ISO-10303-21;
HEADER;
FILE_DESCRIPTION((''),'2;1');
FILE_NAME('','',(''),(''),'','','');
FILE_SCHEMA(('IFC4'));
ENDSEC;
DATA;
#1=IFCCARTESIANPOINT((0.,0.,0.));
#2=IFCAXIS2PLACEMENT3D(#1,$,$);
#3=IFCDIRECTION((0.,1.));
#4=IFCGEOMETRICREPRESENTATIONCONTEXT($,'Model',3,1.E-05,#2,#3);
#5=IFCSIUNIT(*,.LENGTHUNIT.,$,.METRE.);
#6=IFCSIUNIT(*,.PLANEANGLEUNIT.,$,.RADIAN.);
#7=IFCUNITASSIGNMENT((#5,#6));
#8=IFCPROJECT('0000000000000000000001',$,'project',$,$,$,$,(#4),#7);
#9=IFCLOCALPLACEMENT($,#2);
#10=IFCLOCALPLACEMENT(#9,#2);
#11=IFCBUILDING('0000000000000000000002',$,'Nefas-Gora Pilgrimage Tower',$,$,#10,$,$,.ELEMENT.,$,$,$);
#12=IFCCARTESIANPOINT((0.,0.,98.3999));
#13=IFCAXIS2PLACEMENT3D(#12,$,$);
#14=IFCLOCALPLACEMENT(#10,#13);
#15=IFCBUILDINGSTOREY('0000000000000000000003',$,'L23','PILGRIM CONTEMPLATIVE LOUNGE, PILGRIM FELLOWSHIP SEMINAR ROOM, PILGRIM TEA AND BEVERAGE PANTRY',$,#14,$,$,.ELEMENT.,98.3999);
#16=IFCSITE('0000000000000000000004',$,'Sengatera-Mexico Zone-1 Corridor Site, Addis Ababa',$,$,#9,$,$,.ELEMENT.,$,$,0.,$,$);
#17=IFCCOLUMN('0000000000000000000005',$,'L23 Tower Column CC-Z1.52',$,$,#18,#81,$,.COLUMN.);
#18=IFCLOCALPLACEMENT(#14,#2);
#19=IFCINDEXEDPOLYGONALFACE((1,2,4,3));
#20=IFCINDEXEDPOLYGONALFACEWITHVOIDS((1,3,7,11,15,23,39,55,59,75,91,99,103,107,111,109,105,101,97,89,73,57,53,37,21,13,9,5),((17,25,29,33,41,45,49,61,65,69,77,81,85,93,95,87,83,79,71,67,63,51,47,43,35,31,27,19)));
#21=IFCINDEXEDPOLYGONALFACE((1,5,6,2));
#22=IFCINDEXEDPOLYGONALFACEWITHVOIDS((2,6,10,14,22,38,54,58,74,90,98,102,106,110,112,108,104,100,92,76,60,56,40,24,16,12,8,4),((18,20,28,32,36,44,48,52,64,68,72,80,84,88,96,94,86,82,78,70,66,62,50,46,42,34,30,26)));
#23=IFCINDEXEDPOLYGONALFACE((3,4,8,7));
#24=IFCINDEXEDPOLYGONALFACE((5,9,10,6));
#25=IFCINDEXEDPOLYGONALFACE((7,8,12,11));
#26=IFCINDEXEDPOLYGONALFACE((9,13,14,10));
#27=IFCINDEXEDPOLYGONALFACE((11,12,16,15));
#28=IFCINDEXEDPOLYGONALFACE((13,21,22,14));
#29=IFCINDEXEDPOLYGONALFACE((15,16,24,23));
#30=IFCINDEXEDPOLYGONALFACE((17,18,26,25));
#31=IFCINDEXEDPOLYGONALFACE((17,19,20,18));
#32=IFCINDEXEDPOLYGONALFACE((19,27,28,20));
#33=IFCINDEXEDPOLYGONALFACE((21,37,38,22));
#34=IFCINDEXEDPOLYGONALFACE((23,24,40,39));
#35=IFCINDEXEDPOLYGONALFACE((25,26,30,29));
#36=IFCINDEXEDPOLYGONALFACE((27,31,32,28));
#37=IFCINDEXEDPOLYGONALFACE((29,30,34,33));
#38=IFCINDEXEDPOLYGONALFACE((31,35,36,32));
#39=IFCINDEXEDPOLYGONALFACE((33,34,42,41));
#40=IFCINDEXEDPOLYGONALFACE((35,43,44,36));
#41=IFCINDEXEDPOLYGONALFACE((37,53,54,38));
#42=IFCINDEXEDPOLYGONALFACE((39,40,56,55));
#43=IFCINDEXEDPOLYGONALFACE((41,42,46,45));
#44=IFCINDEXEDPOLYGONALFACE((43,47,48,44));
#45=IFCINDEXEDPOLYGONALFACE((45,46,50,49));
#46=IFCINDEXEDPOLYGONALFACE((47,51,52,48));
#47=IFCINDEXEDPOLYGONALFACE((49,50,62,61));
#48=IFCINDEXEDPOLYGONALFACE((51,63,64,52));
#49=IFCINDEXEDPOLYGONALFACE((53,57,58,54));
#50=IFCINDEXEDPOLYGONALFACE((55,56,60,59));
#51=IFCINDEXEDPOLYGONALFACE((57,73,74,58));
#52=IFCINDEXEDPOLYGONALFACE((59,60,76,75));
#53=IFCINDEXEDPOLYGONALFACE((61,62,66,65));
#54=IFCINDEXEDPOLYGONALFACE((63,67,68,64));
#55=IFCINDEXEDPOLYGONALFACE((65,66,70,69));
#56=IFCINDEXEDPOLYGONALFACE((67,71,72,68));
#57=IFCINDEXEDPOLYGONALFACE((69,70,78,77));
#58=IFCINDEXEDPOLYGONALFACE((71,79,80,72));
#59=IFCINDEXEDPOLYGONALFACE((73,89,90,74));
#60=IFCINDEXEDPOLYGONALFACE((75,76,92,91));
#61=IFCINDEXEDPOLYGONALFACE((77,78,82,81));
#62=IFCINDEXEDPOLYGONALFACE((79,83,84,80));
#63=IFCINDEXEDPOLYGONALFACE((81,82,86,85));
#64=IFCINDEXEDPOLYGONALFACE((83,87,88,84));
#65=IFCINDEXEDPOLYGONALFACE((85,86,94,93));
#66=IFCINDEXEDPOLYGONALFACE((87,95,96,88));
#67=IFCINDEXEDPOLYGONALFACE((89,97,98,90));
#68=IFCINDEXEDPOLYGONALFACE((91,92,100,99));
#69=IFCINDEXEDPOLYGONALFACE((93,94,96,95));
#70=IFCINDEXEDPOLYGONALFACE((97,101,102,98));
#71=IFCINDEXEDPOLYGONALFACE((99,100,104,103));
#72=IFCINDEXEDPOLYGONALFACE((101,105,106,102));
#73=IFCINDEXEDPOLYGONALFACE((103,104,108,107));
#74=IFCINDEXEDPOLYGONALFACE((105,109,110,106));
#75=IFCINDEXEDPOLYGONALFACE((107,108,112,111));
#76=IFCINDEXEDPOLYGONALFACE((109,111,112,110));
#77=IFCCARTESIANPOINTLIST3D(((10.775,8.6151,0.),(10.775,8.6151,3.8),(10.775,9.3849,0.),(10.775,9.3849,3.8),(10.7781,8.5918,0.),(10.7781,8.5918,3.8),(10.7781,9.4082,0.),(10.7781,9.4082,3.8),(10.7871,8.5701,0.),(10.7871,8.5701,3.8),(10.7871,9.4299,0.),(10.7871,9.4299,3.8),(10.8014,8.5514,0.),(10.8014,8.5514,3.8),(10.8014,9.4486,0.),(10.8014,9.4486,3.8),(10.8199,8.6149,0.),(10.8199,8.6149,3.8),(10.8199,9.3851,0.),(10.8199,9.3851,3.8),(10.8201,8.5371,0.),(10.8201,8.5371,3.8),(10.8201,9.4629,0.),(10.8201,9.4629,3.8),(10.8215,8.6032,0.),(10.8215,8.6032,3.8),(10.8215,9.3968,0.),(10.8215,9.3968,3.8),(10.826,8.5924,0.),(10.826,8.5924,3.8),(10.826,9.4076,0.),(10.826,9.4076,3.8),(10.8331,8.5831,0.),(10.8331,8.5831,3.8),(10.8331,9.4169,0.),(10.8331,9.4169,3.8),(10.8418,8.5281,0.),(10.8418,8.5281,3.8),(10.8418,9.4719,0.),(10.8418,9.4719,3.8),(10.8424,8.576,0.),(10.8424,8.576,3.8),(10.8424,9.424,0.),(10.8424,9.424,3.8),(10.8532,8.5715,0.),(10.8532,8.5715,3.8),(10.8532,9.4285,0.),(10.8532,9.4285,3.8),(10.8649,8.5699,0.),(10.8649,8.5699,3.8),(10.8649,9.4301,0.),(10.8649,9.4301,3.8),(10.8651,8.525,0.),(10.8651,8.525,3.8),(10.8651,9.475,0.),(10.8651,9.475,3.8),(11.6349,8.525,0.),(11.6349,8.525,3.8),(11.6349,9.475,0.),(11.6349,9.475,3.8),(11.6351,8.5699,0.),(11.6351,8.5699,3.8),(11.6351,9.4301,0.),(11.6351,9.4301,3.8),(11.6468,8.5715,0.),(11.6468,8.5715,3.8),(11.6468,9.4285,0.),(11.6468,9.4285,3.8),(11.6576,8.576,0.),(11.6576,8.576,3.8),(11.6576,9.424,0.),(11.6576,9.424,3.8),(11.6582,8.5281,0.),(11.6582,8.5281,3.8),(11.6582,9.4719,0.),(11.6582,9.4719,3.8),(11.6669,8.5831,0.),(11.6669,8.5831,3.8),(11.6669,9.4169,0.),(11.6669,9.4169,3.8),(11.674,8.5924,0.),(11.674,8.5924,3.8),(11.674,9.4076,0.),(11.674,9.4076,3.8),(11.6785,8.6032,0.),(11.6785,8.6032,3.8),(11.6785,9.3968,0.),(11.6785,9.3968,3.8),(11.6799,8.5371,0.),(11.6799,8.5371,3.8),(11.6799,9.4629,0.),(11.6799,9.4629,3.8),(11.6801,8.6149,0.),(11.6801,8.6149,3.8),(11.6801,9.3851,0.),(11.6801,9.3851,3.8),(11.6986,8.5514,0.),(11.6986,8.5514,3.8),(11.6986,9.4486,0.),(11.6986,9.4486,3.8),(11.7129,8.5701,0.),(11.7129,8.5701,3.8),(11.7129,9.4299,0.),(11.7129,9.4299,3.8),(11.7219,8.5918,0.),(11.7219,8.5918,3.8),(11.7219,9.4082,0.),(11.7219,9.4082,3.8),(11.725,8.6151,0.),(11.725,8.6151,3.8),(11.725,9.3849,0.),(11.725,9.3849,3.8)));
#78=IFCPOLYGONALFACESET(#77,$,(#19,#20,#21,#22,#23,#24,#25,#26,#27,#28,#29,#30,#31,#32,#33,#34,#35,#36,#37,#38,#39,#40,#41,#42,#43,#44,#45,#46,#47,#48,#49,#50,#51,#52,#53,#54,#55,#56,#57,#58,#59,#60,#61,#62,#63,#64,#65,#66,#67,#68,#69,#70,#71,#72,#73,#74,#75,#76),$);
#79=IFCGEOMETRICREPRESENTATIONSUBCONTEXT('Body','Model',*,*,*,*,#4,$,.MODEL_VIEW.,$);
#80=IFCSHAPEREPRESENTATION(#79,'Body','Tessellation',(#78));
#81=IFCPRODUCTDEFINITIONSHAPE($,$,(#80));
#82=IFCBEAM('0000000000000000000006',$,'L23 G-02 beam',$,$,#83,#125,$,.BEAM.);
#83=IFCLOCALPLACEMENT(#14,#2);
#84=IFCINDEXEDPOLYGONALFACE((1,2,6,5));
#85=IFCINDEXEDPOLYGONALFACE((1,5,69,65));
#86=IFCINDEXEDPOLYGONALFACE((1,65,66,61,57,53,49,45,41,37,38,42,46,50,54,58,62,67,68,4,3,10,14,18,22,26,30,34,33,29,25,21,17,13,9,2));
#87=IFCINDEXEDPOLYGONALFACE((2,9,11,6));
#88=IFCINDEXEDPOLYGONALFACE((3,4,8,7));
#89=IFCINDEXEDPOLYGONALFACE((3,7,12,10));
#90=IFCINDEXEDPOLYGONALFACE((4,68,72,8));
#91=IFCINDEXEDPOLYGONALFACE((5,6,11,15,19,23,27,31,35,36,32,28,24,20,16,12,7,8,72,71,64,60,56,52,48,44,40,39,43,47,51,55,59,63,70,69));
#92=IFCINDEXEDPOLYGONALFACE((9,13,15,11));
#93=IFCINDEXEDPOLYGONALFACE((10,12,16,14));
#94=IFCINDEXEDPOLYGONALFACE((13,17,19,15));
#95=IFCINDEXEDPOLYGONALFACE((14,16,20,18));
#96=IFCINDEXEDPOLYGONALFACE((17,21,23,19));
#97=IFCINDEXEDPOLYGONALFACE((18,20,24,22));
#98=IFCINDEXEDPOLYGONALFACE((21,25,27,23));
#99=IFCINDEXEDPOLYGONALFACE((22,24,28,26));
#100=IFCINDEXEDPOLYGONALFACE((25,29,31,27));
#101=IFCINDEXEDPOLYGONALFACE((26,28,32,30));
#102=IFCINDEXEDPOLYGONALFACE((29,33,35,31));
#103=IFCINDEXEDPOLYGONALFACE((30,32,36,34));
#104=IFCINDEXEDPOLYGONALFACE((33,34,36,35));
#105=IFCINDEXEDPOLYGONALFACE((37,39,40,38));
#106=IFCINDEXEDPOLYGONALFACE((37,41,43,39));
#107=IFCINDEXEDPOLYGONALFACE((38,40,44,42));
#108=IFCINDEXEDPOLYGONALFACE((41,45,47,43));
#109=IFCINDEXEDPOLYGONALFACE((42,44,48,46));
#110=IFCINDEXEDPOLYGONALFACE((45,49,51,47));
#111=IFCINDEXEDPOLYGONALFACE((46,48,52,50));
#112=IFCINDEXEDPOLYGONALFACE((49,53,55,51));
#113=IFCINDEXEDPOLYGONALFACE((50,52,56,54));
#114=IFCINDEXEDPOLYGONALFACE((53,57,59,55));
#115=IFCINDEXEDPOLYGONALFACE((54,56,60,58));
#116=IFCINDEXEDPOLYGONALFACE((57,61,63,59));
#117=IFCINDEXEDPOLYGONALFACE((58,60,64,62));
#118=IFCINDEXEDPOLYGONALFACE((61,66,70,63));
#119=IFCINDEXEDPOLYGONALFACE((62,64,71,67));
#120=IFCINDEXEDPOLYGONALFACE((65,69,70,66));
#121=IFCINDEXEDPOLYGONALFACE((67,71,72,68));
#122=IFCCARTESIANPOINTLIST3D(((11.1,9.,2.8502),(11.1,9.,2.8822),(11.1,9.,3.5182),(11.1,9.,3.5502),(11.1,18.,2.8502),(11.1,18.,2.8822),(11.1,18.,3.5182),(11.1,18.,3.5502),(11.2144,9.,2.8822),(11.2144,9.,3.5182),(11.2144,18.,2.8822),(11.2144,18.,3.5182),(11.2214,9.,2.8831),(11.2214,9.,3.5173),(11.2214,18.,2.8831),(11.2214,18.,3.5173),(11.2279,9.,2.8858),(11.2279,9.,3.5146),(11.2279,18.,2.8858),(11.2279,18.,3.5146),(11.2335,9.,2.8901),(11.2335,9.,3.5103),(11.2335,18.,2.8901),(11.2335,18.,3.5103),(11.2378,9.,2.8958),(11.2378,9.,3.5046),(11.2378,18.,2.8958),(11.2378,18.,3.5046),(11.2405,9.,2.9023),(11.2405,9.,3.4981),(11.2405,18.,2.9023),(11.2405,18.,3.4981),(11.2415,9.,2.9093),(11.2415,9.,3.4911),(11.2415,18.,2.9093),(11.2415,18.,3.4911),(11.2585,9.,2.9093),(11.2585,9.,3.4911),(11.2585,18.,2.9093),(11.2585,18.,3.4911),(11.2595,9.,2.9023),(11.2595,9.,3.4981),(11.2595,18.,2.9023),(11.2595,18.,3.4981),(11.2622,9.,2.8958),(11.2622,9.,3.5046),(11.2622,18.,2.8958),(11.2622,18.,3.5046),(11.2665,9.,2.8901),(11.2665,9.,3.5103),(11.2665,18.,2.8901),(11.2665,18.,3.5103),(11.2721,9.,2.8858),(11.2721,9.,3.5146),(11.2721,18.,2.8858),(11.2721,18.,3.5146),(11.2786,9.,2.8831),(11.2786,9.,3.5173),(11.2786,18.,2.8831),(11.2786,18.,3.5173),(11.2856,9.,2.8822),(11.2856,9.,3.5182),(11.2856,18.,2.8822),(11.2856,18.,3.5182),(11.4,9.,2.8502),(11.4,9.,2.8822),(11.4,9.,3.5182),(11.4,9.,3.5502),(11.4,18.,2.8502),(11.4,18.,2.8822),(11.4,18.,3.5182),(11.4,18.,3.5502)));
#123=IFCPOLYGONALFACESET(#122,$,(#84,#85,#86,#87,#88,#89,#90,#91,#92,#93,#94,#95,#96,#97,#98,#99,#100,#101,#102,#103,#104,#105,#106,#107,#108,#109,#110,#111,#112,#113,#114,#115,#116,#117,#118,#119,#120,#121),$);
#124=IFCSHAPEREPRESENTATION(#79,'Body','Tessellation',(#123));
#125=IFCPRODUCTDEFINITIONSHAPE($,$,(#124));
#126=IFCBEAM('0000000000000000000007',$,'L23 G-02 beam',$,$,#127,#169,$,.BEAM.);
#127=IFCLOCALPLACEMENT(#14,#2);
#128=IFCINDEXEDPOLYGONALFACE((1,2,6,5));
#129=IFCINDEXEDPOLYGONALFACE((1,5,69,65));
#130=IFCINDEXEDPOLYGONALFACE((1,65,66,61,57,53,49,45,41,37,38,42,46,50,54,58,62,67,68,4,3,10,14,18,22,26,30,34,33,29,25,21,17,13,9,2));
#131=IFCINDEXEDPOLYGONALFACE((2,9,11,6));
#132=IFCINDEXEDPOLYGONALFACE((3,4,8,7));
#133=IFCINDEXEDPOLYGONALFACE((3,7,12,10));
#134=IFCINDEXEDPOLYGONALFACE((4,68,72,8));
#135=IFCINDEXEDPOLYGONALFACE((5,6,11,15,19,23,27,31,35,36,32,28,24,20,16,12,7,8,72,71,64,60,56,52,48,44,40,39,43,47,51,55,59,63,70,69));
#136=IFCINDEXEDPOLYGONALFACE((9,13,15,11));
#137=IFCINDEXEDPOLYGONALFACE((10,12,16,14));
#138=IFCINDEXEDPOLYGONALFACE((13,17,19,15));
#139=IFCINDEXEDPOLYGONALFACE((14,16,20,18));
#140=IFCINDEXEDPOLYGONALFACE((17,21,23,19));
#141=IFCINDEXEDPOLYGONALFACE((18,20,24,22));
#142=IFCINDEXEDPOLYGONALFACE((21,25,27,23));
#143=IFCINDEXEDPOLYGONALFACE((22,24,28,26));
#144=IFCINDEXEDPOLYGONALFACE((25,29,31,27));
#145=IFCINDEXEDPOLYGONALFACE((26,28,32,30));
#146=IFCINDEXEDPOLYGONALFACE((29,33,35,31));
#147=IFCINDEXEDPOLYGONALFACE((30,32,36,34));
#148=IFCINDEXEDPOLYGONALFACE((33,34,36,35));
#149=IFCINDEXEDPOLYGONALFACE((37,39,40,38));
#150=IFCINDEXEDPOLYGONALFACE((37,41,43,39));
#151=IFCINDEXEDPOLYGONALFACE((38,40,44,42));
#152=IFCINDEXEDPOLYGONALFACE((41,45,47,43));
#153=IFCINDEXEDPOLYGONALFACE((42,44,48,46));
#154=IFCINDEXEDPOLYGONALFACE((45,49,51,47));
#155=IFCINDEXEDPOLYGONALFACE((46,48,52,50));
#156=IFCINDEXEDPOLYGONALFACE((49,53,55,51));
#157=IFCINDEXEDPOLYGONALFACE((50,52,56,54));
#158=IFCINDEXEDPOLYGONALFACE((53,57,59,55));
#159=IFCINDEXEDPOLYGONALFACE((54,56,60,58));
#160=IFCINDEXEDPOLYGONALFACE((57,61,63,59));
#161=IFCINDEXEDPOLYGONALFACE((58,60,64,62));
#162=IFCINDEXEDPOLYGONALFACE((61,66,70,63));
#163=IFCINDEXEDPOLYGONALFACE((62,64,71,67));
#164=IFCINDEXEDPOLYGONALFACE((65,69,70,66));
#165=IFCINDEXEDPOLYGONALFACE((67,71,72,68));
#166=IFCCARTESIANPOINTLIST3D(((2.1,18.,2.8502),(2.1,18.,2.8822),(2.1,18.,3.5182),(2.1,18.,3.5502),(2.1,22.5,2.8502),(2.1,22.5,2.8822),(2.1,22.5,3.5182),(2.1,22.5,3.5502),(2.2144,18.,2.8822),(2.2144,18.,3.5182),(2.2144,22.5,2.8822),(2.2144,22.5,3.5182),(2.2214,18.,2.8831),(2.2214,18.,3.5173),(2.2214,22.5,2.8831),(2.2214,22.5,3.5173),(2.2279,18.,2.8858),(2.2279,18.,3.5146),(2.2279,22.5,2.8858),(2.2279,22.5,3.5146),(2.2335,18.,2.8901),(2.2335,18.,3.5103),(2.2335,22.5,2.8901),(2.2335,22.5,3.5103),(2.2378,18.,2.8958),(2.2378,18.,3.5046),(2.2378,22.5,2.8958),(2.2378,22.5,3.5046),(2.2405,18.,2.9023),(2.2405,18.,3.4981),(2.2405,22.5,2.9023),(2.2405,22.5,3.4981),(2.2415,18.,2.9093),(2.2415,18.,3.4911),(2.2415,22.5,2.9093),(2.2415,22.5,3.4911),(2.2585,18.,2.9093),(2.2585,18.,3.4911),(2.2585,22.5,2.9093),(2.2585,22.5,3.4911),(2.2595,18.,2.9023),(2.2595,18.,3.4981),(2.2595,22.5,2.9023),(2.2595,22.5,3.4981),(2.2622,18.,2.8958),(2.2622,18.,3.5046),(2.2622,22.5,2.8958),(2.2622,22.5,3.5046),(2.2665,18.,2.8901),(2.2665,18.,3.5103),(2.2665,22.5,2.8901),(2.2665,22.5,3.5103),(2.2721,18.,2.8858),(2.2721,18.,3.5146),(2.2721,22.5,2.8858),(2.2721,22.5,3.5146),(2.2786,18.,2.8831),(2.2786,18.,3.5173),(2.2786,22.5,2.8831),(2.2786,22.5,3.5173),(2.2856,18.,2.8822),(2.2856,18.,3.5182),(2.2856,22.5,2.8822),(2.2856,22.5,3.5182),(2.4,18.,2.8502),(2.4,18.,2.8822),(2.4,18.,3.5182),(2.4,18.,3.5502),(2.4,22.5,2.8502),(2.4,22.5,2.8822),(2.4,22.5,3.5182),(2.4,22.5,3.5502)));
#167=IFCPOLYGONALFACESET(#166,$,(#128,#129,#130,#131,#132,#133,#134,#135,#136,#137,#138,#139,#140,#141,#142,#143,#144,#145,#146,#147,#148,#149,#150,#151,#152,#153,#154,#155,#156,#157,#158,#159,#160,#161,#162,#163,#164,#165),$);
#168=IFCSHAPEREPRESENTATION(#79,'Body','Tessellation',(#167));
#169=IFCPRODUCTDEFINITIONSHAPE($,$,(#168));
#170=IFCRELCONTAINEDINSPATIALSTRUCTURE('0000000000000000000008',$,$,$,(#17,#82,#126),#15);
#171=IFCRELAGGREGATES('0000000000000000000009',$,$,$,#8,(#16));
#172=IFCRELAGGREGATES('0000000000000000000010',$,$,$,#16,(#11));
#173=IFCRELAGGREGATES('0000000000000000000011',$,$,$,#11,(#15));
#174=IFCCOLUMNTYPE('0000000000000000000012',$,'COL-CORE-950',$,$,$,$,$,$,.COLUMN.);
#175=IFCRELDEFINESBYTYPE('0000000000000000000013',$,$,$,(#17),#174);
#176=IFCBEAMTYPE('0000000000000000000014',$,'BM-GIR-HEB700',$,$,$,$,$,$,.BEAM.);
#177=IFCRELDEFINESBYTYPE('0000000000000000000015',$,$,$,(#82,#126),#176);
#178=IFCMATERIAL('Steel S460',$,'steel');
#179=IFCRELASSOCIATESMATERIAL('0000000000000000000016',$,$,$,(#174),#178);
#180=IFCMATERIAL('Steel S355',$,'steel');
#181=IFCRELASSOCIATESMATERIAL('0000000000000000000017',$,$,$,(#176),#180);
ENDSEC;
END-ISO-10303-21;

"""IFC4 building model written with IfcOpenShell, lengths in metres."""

from ifc_helpers import new_model, si_unit, direction, frame, origin, origin_2d, place, context, subcontext, project, spatial, hollow_rectangle, i_section, extrude, source, transform, mapped, material, material_profile, profile_set, type_object, element, save


model = new_model("IFC4")

# Units and contexts
model_context = context("Model", 3, precision=1e-05, world=origin(), true_north=direction((0.0, 1.0)))
body_context = subcontext(model_context, "Body", "Model", "MODEL_VIEW")
ifc_project = project(units=[si_unit("LENGTHUNIT", "METRE"), si_unit("PLANEANGLEUNIT", "RADIAN")], contexts=[model_context])

# Site, building, storey
site_placement = place(None, origin())
site = spatial("IfcSite", under=ifc_project, at=site_placement, Name="Sengatera-Mexico Zone-1 Corridor Site, Addis Ababa", CompositionType="ELEMENT", RefElevation=0.0)
building_placement = place(site_placement, origin())
building = spatial("IfcBuilding", under=site, at=building_placement, Name="Nefas-Gora Pilgrimage Tower", CompositionType="ELEMENT")
storey_placement = place(building_placement, frame((0.0, 0.0, 98.3999)))
storey = spatial("IfcBuildingStorey", under=building, at=storey_placement, Name="L23", Description="PILGRIM CONTEMPLATIVE LOUNGE, PILGRIM FELLOWSHIP SEMINAR ROOM, PILGRIM TEA AND BEVERAGE PANTRY", CompositionType="ELEMENT", Elevation=98.3999)

# Column
ifc_material_1 = material(Name="Steel S460", Category="steel")
ifc_material_profile_1 = material_profile(ifc_material_1, hollow_rectangle(XDim=0.95, YDim=0.95, WallThickness=0.0449, InnerFilletRadius=0.0449, OuterFilletRadius=0.0901, at=origin_2d()), Name="BOX 950x950x45")
ifc_profile_set_1 = profile_set([ifc_material_profile_1], Name="Steel S460")
column_type_1 = type_object("IfcColumnType", Name="COL-CORE-950", PredefinedType="COLUMN", material=ifc_profile_set_1)
shared_shape_1 = source(origin(), body_context, "Body", "SweptSolid", [
    extrude(hollow_rectangle(XDim=0.95, YDim=0.95, WallThickness=0.0449, InnerFilletRadius=0.0449, OuterFilletRadius=0.0901, at=origin_2d()), origin(), (0.0, 0.0, 1.0), 3.8),
])
column_placement = place(storey_placement, frame((11.25, 9.0, 0.0), z_axis=(0.0, 0.0, 1.0), x_axis=(1.0, 0.0, 0.0)))
element("IfcColumn", 1, at=column_placement, inside=storey, type_object=column_type_1, Name="L23 Tower Column CC-Z1.52", PredefinedType="COLUMN", context=body_context, shape_type="MappedRepresentation", body=[
    mapped(shared_shape_1, transform((0.0, 0.0, 0.0), x_axis=(1.0, 0.0, 0.0), y_axis=(0.0, 1.0, 0.0), z_axis=(0.0, 0.0, 1.0), scale=1.0)),
])

# Beams
ifc_material_2 = material(Name="Steel S355", Category="steel")
ifc_material_profile_2 = material_profile(ifc_material_2, i_section(OverallWidth=0.3, OverallDepth=0.7, WebThickness=0.0171, FlangeThickness=0.032, FilletRadius=0.0271, at=origin_2d()), Name="HEB 700")
ifc_profile_set_2 = profile_set([ifc_material_profile_2], Name="Steel S355")
beam_type_1 = type_object("IfcBeamType", Name="BM-GIR-HEB700", PredefinedType="BEAM", material=ifc_profile_set_2)
shared_shape_2 = source(origin(), body_context, "Body", "SweptSolid", [
    extrude(i_section(OverallWidth=0.3, OverallDepth=0.7, WebThickness=0.0171, FlangeThickness=0.032, FilletRadius=0.0271, at=origin_2d()), origin(), (0.0, 0.0, 1.0), 9.0),
])
beam_1_placement = place(storey_placement, frame((11.25, 9.0, 3.2002), z_axis=(0.0, 1.0, 0.0), x_axis=(-1.0, 0.0, 0.0)))
element("IfcBeam", 2, at=beam_1_placement, inside=storey, type_object=beam_type_1, Name="L23 G-02 beam", PredefinedType="BEAM", context=body_context, shape_type="MappedRepresentation", body=[
    mapped(shared_shape_2, transform((0.0, 0.0, 0.0), x_axis=(1.0, 0.0, 0.0), y_axis=(0.0, 1.0, 0.0), z_axis=(0.0, 0.0, 1.0), scale=1.0)),
])
shared_shape_3 = source(origin(), body_context, "Body", "SweptSolid", [
    extrude(i_section(OverallWidth=0.3, OverallDepth=0.7, WebThickness=0.0171, FlangeThickness=0.032, FilletRadius=0.0271, at=origin_2d()), origin(), (0.0, 0.0, 1.0), 4.5),
])
for number, where, z_axis, x_axis, name in (
    (3, (2.25, 18.0, 3.2002), (0.0, 1.0, 0.0), (-1.0, 0.0, 0.0), "L23 G-02 beam"),
):
    element("IfcBeam", number, at=place(storey_placement, frame(where, z_axis=z_axis, x_axis=x_axis)), inside=storey, type_object=beam_type_1, Name=name, PredefinedType="BEAM", context=body_context, shape_type="MappedRepresentation", body=[
        mapped(shared_shape_3, transform((0.0, 0.0, 0.0), x_axis=(1.0, 0.0, 0.0), y_axis=(0.0, 1.0, 0.0), z_axis=(0.0, 0.0, 1.0), scale=1.0)),
    ])

save(model, "model.ifc")
